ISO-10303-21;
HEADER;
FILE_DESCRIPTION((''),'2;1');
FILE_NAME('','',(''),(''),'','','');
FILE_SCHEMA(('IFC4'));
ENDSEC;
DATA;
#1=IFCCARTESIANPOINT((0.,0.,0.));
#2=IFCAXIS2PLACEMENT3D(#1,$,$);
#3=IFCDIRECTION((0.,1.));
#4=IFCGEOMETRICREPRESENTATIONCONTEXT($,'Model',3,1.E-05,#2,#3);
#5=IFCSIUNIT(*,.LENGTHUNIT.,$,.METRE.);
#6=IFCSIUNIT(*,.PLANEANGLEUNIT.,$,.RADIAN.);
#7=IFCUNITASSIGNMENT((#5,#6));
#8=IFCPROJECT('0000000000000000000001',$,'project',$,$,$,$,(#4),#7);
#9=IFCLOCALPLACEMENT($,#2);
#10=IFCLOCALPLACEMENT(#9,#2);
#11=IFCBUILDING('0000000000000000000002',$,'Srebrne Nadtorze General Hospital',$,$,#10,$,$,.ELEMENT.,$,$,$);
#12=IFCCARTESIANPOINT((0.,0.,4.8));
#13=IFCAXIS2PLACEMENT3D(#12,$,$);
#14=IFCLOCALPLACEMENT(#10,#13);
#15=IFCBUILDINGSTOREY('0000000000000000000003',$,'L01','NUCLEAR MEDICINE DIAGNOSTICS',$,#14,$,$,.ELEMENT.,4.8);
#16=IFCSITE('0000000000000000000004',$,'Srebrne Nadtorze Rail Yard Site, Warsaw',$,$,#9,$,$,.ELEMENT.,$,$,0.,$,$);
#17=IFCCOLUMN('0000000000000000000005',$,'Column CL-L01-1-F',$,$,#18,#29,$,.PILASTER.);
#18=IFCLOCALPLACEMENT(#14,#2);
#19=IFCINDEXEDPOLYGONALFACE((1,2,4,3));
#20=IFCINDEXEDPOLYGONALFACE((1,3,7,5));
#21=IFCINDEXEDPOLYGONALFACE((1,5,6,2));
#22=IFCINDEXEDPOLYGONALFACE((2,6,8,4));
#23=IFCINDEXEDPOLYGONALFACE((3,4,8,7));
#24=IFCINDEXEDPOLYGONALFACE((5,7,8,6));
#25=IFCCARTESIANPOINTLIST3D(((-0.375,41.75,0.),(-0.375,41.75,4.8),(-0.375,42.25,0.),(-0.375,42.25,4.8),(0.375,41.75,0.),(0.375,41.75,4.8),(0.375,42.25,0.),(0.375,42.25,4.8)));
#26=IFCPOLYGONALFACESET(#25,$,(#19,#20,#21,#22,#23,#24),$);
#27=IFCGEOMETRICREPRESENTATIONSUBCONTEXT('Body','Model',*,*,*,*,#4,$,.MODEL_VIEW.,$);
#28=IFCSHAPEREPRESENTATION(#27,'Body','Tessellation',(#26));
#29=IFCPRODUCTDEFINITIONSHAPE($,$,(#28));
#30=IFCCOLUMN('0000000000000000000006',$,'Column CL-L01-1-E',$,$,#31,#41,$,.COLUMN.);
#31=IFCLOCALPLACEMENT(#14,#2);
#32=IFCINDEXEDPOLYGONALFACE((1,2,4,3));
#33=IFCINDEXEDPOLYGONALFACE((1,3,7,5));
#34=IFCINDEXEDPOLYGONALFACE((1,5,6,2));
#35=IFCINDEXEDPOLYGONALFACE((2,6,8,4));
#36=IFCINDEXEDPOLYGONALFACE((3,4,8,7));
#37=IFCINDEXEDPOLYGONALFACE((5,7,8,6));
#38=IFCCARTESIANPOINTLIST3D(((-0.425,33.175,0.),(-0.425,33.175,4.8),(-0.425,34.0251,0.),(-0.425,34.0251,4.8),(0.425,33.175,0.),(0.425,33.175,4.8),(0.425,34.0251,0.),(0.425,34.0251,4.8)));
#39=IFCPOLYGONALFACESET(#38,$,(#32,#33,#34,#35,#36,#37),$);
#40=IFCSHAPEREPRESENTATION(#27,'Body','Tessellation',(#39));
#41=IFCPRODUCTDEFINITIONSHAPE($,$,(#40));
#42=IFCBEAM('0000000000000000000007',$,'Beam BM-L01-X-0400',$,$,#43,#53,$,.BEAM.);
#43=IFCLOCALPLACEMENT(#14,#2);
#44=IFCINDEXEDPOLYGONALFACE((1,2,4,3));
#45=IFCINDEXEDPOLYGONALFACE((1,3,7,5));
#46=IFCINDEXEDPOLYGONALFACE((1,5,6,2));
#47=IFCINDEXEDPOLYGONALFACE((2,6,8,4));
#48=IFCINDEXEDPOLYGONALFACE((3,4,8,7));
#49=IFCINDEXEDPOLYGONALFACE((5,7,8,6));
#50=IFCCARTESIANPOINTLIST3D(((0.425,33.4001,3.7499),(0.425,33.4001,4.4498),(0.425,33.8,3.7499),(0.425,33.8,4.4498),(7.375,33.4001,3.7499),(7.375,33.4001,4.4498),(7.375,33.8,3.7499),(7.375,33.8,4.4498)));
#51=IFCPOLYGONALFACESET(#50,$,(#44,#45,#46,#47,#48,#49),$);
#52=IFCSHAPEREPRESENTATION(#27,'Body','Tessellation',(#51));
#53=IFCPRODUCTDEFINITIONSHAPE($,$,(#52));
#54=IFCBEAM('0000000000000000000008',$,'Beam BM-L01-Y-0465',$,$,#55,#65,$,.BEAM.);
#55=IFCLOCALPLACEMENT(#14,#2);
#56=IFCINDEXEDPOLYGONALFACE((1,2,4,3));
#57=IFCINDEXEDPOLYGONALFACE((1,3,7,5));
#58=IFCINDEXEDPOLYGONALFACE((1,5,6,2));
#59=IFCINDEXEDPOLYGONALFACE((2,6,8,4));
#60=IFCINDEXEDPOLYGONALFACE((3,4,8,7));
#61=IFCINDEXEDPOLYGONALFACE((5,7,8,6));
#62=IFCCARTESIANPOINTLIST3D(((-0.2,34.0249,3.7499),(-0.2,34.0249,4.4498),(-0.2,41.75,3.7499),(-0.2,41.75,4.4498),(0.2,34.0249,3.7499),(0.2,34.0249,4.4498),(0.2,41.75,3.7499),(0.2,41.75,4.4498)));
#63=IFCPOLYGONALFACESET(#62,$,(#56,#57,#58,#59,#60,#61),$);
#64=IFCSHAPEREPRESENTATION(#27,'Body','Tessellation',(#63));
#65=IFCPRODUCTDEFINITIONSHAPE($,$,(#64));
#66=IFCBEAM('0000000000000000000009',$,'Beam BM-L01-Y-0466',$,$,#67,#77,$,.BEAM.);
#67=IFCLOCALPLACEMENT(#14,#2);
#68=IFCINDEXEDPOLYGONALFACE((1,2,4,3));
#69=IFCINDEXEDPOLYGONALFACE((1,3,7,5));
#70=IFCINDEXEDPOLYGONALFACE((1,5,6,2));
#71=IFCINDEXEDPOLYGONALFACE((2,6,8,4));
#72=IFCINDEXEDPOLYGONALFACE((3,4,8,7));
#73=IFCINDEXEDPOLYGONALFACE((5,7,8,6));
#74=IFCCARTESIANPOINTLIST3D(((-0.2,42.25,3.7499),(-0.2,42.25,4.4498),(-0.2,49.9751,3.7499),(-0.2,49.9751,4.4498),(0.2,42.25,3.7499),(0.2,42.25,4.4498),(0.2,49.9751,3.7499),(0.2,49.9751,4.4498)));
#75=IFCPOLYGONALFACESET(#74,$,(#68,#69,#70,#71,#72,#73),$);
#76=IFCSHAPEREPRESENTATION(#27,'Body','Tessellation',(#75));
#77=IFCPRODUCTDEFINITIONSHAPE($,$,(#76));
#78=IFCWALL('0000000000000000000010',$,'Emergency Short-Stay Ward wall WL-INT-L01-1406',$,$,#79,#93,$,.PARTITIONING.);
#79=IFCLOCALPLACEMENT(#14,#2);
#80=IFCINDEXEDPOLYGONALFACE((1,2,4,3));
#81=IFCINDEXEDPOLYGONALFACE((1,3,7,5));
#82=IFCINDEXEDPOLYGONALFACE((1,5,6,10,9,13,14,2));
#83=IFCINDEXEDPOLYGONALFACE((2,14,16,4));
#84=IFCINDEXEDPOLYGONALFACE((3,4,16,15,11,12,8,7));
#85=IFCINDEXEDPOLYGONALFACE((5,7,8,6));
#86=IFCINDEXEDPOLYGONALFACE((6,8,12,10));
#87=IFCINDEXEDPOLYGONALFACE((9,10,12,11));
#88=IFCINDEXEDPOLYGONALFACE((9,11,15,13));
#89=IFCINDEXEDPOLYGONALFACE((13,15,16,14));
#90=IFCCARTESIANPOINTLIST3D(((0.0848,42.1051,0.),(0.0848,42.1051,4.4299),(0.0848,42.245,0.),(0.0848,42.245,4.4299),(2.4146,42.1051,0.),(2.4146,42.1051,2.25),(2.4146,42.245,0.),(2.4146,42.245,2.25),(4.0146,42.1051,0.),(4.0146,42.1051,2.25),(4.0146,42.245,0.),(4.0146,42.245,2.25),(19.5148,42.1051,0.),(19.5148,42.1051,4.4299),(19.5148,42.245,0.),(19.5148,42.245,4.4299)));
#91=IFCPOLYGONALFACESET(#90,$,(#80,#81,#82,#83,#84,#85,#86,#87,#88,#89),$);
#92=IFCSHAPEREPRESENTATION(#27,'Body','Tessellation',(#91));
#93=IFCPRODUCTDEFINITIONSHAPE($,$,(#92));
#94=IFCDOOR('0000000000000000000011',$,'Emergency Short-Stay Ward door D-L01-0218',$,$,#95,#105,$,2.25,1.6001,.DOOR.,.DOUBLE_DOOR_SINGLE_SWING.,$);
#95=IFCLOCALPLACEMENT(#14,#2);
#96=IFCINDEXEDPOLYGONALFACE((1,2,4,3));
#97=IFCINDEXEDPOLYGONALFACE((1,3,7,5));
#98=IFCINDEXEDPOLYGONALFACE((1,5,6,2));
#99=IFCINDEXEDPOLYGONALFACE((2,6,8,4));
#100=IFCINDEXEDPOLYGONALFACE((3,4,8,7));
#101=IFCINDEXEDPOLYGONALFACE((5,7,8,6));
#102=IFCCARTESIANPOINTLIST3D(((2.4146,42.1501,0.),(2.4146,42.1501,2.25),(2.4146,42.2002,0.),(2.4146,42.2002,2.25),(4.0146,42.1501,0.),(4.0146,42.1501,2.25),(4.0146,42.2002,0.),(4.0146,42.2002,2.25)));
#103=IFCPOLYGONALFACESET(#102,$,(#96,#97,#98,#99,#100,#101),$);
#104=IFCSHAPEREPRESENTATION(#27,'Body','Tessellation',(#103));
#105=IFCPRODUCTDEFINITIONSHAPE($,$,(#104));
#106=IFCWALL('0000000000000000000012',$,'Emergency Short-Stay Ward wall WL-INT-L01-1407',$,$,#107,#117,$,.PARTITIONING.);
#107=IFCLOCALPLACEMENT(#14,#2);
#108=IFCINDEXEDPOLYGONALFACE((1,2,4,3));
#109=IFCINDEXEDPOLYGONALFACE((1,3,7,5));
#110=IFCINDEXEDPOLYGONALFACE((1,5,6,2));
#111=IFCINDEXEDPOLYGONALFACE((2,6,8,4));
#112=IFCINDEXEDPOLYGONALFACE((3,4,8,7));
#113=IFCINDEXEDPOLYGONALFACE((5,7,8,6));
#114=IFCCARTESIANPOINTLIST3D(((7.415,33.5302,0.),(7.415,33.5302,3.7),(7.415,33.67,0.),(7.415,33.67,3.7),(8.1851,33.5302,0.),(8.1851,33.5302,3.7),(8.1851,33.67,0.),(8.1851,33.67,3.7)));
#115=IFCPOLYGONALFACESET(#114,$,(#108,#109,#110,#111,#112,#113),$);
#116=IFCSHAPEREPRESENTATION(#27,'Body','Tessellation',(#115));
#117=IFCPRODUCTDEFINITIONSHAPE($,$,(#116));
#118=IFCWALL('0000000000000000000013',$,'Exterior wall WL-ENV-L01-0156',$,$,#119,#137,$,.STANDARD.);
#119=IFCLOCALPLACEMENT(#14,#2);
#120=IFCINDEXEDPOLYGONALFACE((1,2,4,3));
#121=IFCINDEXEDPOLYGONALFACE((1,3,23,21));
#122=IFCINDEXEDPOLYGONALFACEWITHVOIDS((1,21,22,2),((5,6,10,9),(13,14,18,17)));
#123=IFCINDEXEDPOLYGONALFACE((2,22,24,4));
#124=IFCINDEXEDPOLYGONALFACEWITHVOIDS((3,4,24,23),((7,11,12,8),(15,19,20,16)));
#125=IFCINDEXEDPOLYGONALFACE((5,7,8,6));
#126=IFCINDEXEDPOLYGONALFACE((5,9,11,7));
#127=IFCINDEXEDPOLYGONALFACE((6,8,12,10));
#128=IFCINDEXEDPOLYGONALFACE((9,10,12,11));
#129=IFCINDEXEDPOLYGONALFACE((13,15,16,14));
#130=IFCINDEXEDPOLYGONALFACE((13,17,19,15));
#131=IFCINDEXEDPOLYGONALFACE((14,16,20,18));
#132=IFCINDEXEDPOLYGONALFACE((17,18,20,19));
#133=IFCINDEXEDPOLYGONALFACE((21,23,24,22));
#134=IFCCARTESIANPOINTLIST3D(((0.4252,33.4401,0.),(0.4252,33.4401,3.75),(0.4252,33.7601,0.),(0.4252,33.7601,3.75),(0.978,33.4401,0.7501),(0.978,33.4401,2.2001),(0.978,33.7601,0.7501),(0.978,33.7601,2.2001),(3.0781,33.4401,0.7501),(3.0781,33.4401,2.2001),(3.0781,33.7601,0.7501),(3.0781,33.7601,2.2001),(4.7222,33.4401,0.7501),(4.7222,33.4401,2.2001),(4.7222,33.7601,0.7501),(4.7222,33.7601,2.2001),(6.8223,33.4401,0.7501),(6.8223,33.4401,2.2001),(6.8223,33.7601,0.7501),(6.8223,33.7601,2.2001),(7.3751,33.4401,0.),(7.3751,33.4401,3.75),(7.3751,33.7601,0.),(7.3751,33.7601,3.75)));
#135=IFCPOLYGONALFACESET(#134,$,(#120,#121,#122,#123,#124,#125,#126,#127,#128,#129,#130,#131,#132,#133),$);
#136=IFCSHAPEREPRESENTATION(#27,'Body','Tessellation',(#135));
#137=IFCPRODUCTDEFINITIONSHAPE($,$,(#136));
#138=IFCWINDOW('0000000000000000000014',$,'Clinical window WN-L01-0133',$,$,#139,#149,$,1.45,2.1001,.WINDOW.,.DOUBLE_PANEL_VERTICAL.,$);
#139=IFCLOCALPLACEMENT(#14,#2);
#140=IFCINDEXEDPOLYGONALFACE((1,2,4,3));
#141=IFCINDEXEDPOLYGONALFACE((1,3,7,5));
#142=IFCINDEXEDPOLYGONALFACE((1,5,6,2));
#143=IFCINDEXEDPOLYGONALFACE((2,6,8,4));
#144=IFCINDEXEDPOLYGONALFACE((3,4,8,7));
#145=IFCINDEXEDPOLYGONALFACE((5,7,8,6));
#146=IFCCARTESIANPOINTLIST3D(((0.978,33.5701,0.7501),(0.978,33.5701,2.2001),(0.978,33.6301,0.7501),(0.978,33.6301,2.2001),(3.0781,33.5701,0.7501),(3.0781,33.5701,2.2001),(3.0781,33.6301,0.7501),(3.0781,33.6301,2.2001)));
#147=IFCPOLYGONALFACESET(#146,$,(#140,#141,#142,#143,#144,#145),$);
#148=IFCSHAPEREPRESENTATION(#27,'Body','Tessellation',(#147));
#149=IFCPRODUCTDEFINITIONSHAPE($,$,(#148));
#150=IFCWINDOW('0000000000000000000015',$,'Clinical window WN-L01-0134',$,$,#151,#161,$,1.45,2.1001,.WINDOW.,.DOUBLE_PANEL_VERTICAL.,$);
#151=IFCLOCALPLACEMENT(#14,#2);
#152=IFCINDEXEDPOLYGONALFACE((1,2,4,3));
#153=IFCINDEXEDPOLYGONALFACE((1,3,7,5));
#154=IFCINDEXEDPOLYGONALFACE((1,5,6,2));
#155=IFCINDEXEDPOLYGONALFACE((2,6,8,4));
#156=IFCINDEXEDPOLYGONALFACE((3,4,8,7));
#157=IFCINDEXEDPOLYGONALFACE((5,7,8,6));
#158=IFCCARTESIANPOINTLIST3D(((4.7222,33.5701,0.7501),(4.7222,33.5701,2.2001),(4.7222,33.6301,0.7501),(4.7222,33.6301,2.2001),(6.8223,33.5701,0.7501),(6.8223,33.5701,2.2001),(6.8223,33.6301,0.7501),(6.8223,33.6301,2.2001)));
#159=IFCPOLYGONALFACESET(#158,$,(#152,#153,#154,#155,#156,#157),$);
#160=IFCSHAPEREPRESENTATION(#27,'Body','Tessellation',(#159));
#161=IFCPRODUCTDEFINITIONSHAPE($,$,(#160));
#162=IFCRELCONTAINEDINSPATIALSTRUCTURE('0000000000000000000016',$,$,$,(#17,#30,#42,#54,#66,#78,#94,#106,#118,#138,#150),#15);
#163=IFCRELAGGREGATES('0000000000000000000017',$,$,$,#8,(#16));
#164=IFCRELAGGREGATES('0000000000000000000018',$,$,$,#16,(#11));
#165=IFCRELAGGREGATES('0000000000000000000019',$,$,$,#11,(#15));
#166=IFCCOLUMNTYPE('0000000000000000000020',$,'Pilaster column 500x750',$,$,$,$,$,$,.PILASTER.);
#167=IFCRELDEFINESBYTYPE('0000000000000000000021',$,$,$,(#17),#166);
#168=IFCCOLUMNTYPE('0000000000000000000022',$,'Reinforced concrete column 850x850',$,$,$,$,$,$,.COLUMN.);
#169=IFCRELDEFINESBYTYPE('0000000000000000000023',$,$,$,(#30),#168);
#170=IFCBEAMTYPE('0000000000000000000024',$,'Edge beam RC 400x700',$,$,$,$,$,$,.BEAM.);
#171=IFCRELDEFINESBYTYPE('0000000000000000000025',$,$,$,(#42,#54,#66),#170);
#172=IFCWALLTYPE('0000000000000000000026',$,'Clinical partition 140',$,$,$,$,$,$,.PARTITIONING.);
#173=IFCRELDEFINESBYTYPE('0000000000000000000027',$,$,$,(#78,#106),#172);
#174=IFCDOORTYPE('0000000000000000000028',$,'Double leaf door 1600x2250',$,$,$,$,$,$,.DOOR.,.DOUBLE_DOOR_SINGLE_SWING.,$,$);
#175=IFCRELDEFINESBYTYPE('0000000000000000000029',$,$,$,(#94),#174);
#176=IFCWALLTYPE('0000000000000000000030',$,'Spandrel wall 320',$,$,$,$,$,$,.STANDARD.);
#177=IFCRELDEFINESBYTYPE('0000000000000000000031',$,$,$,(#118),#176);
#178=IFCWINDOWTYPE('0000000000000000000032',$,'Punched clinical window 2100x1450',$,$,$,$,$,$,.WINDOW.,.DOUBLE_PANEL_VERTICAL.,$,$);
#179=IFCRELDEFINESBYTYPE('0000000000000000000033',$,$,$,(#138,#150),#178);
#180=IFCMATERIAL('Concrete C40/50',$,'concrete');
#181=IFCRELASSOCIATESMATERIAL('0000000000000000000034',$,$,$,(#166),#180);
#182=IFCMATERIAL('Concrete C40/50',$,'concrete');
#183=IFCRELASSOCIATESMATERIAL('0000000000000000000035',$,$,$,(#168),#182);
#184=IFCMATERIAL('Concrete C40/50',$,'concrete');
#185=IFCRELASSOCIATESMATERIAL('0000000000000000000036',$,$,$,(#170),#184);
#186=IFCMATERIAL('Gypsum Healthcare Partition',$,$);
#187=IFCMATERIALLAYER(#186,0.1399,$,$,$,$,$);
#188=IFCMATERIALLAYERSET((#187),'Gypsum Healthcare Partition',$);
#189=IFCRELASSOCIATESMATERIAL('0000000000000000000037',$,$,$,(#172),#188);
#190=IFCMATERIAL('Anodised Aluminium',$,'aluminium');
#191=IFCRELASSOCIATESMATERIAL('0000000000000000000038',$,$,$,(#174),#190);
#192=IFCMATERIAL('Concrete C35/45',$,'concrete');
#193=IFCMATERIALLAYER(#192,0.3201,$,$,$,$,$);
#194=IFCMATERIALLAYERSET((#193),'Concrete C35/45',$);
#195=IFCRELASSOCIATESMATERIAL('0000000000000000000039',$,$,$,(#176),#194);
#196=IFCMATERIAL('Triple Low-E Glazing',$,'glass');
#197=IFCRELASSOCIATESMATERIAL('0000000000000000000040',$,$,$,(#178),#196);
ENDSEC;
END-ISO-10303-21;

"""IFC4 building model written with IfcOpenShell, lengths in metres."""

from ifc_helpers import new_model, si_unit, direction, frame, frame_2d, origin, origin_2d, place, context, subcontext, project, spatial, rectangle, extrude, material, layer, layer_set, material_profile, profile_set, type_object, element, fill, save


model = new_model("IFC4")

# Units and contexts
model_context = context("Model", 3, precision=1e-05, world=origin(), true_north=direction((0.0, 1.0)))
body_context = subcontext(model_context, "Body", "Model", "MODEL_VIEW")
ifc_project = project(units=[si_unit("LENGTHUNIT", "METRE"), si_unit("PLANEANGLEUNIT", "RADIAN")], contexts=[model_context])

# Site, building, storey
site_placement = place(None, origin())
site = spatial("IfcSite", under=ifc_project, at=site_placement, Name="Srebrne Nadtorze Rail Yard Site, Warsaw", CompositionType="ELEMENT", RefElevation=0.0)
building_placement = place(site_placement, origin())
building = spatial("IfcBuilding", under=site, at=building_placement, Name="Srebrne Nadtorze General Hospital", CompositionType="ELEMENT")
storey_placement = place(building_placement, frame((0.0, 0.0, 4.8)))
storey = spatial("IfcBuildingStorey", under=building, at=storey_placement, Name="L01", Description="NUCLEAR MEDICINE DIAGNOSTICS", CompositionType="ELEMENT", Elevation=4.8)

# Columns
ifc_material_1 = material(Name="Concrete C40/50", Category="concrete")
ifc_material_profile_1 = material_profile(ifc_material_1, rectangle(XDim=0.5, YDim=0.75, at=origin_2d()), Name="RC-PIL-500x750")
ifc_profile_set_1 = profile_set([ifc_material_profile_1], Name="Concrete C40/50")
column_type_1 = type_object("IfcColumnType", Name="Pilaster column 500x750", PredefinedType="PILASTER", material=ifc_profile_set_1)
column_1_placement = place(storey_placement, frame((0.0, 42.0, 0.0), z_axis=(0.0, 0.0, 1.0), x_axis=(0.0, 1.0, 0.0)))
element("IfcColumn", 1, at=column_1_placement, inside=storey, type_object=column_type_1, Name="Column CL-L01-1-F", PredefinedType="PILASTER", context=body_context, shape_type="SweptSolid", body=[
    extrude(rectangle(XDim=0.5, YDim=0.75, at=origin_2d()), origin(), (0.0, 0.0, 1.0), 4.8),
])
ifc_material_2 = material(Name="Concrete C40/50", Category="concrete")
ifc_material_profile_2 = material_profile(ifc_material_2, rectangle(XDim=0.8501, YDim=0.8501, at=origin_2d()), Name="RC-COL-850x850")
ifc_profile_set_2 = profile_set([ifc_material_profile_2], Name="Concrete C40/50")
column_type_2 = type_object("IfcColumnType", Name="Reinforced concrete column 850x850", PredefinedType="COLUMN", material=ifc_profile_set_2)
column_2_placement = place(storey_placement, frame((0.0, 33.6001, 0.0), z_axis=(0.0, 0.0, 1.0), x_axis=(1.0, 0.0, 0.0)))
element("IfcColumn", 2, at=column_2_placement, inside=storey, type_object=column_type_2, Name="Column CL-L01-1-E", PredefinedType="COLUMN", context=body_context, shape_type="SweptSolid", body=[
    extrude(rectangle(XDim=0.8501, YDim=0.8501, at=origin_2d()), origin(), (0.0, 0.0, 1.0), 4.8),
])

# Beams
ifc_material_3 = material(Name="Concrete C40/50", Category="concrete")
ifc_material_profile_3 = material_profile(ifc_material_3, rectangle(XDim=0.3999, YDim=0.7, at=origin_2d()), Name="RC-BM-400x700")
ifc_profile_set_3 = profile_set([ifc_material_profile_3], Name="Concrete C40/50")
beam_type = type_object("IfcBeamType", Name="Edge beam RC 400x700", PredefinedType="BEAM", material=ifc_profile_set_3)
beam_placement = place(storey_placement, frame((0.425, 33.6001, 4.0999), z_axis=(1.0, 0.0, 0.0), x_axis=(0.0, 1.0, 0.0)))
element("IfcBeam", 3, at=beam_placement, inside=storey, type_object=beam_type, Name="Beam BM-L01-X-0400", PredefinedType="BEAM", context=body_context, shape_type="SweptSolid", body=[
    extrude(rectangle(XDim=0.3999, YDim=0.7, at=origin_2d()), origin(), (0.0, 0.0, 1.0), 6.95),
])
for number, where, z_axis, x_axis, name in (
    (4, (0.0, 34.0249, 4.0999), (0.0, 1.0, 0.0), (-1.0, 0.0, 0.0), "Beam BM-L01-Y-0465"),
    (5, (0.0, 42.25, 4.0999), (0.0, 1.0, 0.0), (-1.0, 0.0, 0.0), "Beam BM-L01-Y-0466"),
):
    element("IfcBeam", number, at=place(storey_placement, frame(where, z_axis=z_axis, x_axis=x_axis)), inside=storey, type_object=beam_type, Name=name, PredefinedType="BEAM", context=body_context, shape_type="SweptSolid", body=[
        extrude(rectangle(XDim=0.3999, YDim=0.7, at=origin_2d()), origin(), (0.0, 0.0, 1.0), 7.7251),
    ])

# Wall, opening, door
ifc_material_4 = material(Name="Gypsum Healthcare Partition")
ifc_layer_1 = layer(ifc_material_4, 0.1399)
ifc_layer_set_1 = layer_set([ifc_layer_1], Name="Gypsum Healthcare Partition")
wall_type_1 = type_object("IfcWallType", Name="Clinical partition 140", PredefinedType="PARTITIONING", material=ifc_layer_set_1)
wall_1_placement = place(storey_placement, frame((0.085, 42.175, 0.0), z_axis=(0.0, 0.0, 1.0), x_axis=(1.0, 0.0, 0.0)))
wall_1 = element("IfcWall", 6, at=wall_1_placement, inside=storey, type_object=wall_type_1, Name="Emergency Short-Stay Ward wall WL-INT-L01-1406", PredefinedType="PARTITIONING", context=body_context, shape_type="SweptSolid", body=[
    extrude(rectangle(XDim=19.4299, YDim=0.1399, at=frame_2d((9.7148, 0.0))), origin(), (0.0, 0.0, 1.0), 4.4299),
])
opening_1_placement = place(wall_1_placement, frame((2.3296, 0.0, 0.0)))
opening_1 = element("IfcOpeningElement", 7, at=opening_1_placement, cuts=wall_1, PredefinedType="OPENING", context=body_context, shape_type="SweptSolid", body=[
    extrude(rectangle(XDim=1.6001, YDim=2.25, at=frame_2d((0.8, 1.125))), frame((0.0, 0.082, 0.0), z_axis=(0.0, -1.0, 0.0), x_axis=(1.0, 0.0, 0.0)), (0.0, 0.0, 1.0), 0.1638),
])
ifc_material_5 = material(Name="Anodised Aluminium", Category="aluminium")
door_type = type_object("IfcDoorType", Name="Double leaf door 1600x2250", OperationType="DOUBLE_DOOR_SINGLE_SWING", PredefinedType="DOOR", material=ifc_material_5)
door_placement = place(opening_1_placement, frame((1.6001, 0.0, 0.0), z_axis=(0.0, 0.0, 1.0), x_axis=(-1.0, 0.0, 0.0)))
door = element("IfcDoor", 8, at=door_placement, inside=storey, type_object=door_type, Name="Emergency Short-Stay Ward door D-L01-0218", OperationType="DOUBLE_DOOR_SINGLE_SWING", OverallHeight=2.25, OverallWidth=1.6001, PredefinedType="DOOR", context=body_context, shape_type="SweptSolid", body=[
    extrude(rectangle(XDim=1.6001, YDim=2.25, at=frame_2d((0.8, 1.125))), frame((0.0, 0.0249, 0.0), z_axis=(0.0, -1.0, 0.0), x_axis=(1.0, 0.0, 0.0)), (0.0, 0.0, 1.0), 0.05),
])
fill(opening_1, door)

# Wall
wall_2_placement = place(storey_placement, frame((7.415, 33.6001, 0.0), z_axis=(0.0, 0.0, 1.0), x_axis=(1.0, 0.0, 0.0)))
element("IfcWall", 9, at=wall_2_placement, inside=storey, type_object=wall_type_1, Name="Emergency Short-Stay Ward wall WL-INT-L01-1407", PredefinedType="PARTITIONING", context=body_context, shape_type="SweptSolid", body=[
    extrude(rectangle(XDim=0.77, YDim=0.1399, at=frame_2d((0.385, 0.0))), origin(), (0.0, 0.0, 1.0), 3.7),
])

# Wall, openings, windows
ifc_material_6 = material(Name="Concrete C35/45", Category="concrete")
ifc_layer_2 = layer(ifc_material_6, 0.3201)
ifc_layer_set_2 = layer_set([ifc_layer_2], Name="Concrete C35/45")
wall_type_2 = type_object("IfcWallType", Name="Spandrel wall 320", PredefinedType="STANDARD", material=ifc_layer_set_2)
wall_3_placement = place(storey_placement, frame((0.425, 33.6001, 0.0), z_axis=(0.0, 0.0, 1.0), x_axis=(1.0, 0.0, 0.0)))
wall_3 = element("IfcWall", 10, at=wall_3_placement, inside=storey, type_object=wall_type_2, Name="Exterior wall WL-ENV-L01-0156", PredefinedType="STANDARD", context=body_context, shape_type="SweptSolid", body=[
    extrude(rectangle(XDim=6.95, YDim=0.3201, at=frame_2d((3.4751, 0.0))), origin(), (0.0, 0.0, 1.0), 3.75),
])
opening_2_placement = place(wall_3_placement, frame((0.553, 0.0, 0.75)))
opening_2 = element("IfcOpeningElement", 11, at=opening_2_placement, cuts=wall_3, PredefinedType="OPENING", context=body_context, shape_type="SweptSolid", body=[
    extrude(rectangle(XDim=2.1001, YDim=1.45, at=frame_2d((1.05, 0.7251))), frame((0.0, 0.1719, 0.0), z_axis=(0.0, -1.0, 0.0), x_axis=(1.0, 0.0, 0.0)), (0.0, 0.0, 1.0), 0.344),
])
opening_3_placement = place(wall_3_placement, frame((4.2971, 0.0, 0.75)))
opening_3 = element("IfcOpeningElement", 12, at=opening_3_placement, cuts=wall_3, PredefinedType="OPENING", context=body_context, shape_type="SweptSolid", body=[
    extrude(rectangle(XDim=2.1001, YDim=1.45, at=frame_2d((1.05, 0.7251))), frame((0.0, 0.1719, 0.0), z_axis=(0.0, -1.0, 0.0), x_axis=(1.0, 0.0, 0.0)), (0.0, 0.0, 1.0), 0.344),
])
ifc_material_7 = material(Name="Triple Low-E Glazing", Category="glass")
window_type_1 = type_object("IfcWindowType", Name="Punched clinical window 2100x1450", PartitioningType="DOUBLE_PANEL_VERTICAL", PredefinedType="WINDOW", material=ifc_material_7)
window_1_placement = place(opening_2_placement, origin())
window_1 = element("IfcWindow", 13, at=window_1_placement, inside=storey, type_object=window_type_1, Name="Clinical window WN-L01-0133", OverallHeight=1.45, OverallWidth=2.1001, PartitioningType="DOUBLE_PANEL_VERTICAL", PredefinedType="WINDOW", context=body_context, shape_type="SweptSolid", body=[
    extrude(rectangle(XDim=2.1001, YDim=1.45, at=frame_2d((1.05, 0.7251))), frame((0.0, 0.03, 0.0), z_axis=(0.0, -1.0, 0.0), x_axis=(1.0, 0.0, 0.0)), (0.0, 0.0, 1.0), 0.0601),
])
fill(opening_2, window_1)
window_2_placement = place(opening_3_placement, origin())
window_2 = element("IfcWindow", 14, at=window_2_placement, inside=storey, type_object=window_type_1, Name="Clinical window WN-L01-0134", OverallHeight=1.45, OverallWidth=2.1001, PartitioningType="DOUBLE_PANEL_VERTICAL", PredefinedType="WINDOW", context=body_context, shape_type="SweptSolid", body=[
    extrude(rectangle(XDim=2.1001, YDim=1.45, at=frame_2d((1.05, 0.7251))), frame((0.0, 0.03, 0.0), z_axis=(0.0, -1.0, 0.0), x_axis=(1.0, 0.0, 0.0)), (0.0, 0.0, 1.0), 0.0601),
])
fill(opening_3, window_2)

save(model, "model.ifc")
